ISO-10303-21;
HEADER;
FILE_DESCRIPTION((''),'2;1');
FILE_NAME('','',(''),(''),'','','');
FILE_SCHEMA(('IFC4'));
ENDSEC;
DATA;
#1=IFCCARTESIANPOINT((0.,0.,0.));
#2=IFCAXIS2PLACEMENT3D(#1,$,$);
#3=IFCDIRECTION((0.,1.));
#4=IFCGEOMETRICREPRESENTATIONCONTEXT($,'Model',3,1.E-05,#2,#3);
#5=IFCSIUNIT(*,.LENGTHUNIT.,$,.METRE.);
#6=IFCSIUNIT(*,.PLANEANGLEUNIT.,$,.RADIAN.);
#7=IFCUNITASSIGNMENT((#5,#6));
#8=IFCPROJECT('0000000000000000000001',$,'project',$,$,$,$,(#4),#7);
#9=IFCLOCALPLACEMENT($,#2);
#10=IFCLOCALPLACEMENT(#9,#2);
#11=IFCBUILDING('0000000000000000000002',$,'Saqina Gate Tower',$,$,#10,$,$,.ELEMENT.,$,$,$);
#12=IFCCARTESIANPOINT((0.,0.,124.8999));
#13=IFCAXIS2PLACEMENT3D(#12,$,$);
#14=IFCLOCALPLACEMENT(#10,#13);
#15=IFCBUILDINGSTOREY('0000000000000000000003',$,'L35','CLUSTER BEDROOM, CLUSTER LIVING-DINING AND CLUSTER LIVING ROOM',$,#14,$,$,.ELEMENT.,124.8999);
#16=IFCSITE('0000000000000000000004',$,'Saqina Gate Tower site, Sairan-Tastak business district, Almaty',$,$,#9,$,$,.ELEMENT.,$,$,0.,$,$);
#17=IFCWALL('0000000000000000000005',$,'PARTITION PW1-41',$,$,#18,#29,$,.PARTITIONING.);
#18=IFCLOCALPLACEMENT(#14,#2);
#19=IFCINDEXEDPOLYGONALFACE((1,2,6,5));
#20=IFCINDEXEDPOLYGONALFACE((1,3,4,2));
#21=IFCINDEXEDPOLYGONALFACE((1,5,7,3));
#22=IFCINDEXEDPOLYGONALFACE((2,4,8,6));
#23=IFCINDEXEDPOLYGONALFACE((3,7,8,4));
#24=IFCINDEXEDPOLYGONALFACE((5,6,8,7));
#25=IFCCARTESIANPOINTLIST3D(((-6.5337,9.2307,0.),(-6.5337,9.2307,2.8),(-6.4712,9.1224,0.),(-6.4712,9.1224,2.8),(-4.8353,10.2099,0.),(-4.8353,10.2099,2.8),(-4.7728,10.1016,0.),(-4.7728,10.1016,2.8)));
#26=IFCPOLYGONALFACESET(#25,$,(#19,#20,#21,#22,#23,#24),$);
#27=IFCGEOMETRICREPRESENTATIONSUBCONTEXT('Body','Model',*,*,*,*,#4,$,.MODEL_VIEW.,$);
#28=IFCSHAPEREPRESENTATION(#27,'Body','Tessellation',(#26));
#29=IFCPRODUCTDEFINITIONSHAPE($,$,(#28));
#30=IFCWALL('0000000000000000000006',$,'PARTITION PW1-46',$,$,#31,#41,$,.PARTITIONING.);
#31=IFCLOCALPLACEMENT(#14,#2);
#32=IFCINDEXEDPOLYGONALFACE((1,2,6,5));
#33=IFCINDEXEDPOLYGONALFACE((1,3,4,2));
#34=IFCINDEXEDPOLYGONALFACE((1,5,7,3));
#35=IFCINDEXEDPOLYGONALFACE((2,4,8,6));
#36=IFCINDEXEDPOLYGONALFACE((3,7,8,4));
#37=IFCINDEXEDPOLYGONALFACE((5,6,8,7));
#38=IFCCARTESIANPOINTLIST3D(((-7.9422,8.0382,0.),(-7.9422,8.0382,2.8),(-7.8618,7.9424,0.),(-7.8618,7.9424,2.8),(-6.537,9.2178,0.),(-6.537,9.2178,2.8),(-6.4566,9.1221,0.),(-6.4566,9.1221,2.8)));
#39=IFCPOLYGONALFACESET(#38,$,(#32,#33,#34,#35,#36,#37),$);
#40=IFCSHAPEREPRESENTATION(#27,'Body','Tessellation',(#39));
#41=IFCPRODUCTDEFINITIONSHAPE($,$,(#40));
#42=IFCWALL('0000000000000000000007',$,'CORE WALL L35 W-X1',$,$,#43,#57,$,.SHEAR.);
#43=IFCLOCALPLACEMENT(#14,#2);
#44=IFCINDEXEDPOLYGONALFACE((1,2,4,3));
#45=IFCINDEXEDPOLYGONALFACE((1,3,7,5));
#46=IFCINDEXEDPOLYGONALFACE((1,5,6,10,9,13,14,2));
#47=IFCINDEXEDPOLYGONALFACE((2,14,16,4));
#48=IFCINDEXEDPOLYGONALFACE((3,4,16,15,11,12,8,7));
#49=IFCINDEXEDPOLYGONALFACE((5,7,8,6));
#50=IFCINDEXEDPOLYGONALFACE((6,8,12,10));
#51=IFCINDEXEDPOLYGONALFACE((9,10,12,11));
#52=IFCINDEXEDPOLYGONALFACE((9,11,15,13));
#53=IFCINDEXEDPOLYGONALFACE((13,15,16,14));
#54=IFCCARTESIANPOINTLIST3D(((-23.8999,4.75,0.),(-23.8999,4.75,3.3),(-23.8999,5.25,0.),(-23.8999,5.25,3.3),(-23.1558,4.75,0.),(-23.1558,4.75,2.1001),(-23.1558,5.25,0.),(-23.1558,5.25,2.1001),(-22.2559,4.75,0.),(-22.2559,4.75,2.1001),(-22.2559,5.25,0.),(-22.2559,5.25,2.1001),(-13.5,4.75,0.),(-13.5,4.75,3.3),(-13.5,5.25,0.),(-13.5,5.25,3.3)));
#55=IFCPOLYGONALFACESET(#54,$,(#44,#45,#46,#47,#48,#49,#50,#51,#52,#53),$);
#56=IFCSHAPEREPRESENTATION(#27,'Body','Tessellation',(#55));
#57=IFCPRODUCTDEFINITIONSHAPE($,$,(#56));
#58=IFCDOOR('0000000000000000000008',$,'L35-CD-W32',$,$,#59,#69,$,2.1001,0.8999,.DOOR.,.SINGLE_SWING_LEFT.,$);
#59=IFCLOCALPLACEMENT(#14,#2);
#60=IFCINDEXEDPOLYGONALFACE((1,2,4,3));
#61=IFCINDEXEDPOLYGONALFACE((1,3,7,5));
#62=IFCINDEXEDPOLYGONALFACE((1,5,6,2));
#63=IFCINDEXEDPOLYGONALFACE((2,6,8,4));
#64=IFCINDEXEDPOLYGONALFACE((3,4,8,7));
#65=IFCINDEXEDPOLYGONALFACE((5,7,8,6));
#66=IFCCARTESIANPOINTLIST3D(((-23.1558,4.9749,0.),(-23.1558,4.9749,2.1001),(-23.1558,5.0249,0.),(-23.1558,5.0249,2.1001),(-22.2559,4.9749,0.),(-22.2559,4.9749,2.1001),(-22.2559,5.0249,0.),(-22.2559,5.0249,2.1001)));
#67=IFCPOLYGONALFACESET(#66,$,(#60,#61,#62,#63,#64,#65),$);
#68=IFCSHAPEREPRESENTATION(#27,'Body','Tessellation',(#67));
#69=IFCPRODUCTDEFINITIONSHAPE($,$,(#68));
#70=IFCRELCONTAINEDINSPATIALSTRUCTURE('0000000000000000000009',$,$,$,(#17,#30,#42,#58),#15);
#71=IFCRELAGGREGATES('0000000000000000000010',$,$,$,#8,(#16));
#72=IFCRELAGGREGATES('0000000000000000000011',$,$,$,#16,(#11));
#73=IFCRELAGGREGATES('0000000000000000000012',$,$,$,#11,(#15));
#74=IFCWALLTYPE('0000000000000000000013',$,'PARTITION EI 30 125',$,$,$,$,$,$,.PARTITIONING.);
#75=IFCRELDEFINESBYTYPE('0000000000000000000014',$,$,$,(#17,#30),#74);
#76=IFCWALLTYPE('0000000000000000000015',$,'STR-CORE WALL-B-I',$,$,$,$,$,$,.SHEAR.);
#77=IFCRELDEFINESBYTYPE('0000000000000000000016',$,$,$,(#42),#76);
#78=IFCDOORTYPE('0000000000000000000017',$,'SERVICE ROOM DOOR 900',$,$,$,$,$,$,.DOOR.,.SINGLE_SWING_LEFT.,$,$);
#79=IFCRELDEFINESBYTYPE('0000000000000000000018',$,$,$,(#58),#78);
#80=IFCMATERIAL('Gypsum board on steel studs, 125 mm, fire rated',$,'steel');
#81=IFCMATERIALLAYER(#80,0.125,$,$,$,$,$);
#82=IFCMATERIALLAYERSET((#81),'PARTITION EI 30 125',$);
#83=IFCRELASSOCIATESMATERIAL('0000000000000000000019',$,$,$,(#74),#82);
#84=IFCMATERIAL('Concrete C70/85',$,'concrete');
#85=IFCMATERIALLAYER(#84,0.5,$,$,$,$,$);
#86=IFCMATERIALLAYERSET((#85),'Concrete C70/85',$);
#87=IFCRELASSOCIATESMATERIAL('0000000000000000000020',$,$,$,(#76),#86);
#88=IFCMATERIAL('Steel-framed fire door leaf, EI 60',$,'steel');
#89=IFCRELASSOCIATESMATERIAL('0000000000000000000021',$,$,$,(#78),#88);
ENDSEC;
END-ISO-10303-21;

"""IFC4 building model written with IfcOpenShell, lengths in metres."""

from ifc_helpers import new_model, si_unit, direction, frame, frame_2d, origin, place, context, subcontext, project, spatial, rectangle, extrude, material, layer, layer_set, type_object, element, fill, save


model = new_model("IFC4")

# Units and contexts
model_context = context("Model", 3, precision=1e-05, world=origin(), true_north=direction((0.0, 1.0)))
body_context = subcontext(model_context, "Body", "Model", "MODEL_VIEW")
ifc_project = project(units=[si_unit("LENGTHUNIT", "METRE"), si_unit("PLANEANGLEUNIT", "RADIAN")], contexts=[model_context])

# Site, building, storey
site_placement = place(None, origin())
site = spatial("IfcSite", under=ifc_project, at=site_placement, Name="Saqina Gate Tower site, Sairan-Tastak business district, Almaty", CompositionType="ELEMENT", RefElevation=0.0)
building_placement = place(site_placement, origin())
building = spatial("IfcBuilding", under=site, at=building_placement, Name="Saqina Gate Tower", CompositionType="ELEMENT")
storey_placement = place(building_placement, frame((0.0, 0.0, 124.8999)))
storey = spatial("IfcBuildingStorey", under=building, at=storey_placement, Name="L35", Description="CLUSTER BEDROOM, CLUSTER LIVING-DINING AND CLUSTER LIVING ROOM", CompositionType="ELEMENT", Elevation=124.8999)

# Walls
ifc_material_1 = material(Name="Gypsum board on steel studs, 125 mm, fire rated", Category="steel")
ifc_layer_1 = layer(ifc_material_1, 0.125)
ifc_layer_set_1 = layer_set([ifc_layer_1], Name="PARTITION EI 30 125")
wall_type_1 = type_object("IfcWallType", Name="PARTITION EI 30 125", PredefinedType="PARTITIONING", material=ifc_layer_set_1)
wall_1_placement = place(storey_placement, frame((-6.5024, 9.1765, 0.0), z_axis=(0.0, 0.0, 1.0), x_axis=(0.866329, 0.499474, 0.0)))
element("IfcWall", 1, at=wall_1_placement, inside=storey, type_object=wall_type_1, Name="PARTITION PW1-41", PredefinedType="PARTITIONING", context=body_context, shape_type="SweptSolid", body=[
    extrude(rectangle(XDim=1.9604, YDim=0.125, at=frame_2d((0.9802, 0.0))), origin(), (0.0, 0.0, 1.0), 2.8),
])
wall_2_placement = place(storey_placement, frame((-7.9021, 7.9902, 0.0), z_axis=(0.0, 0.0, 1.0), x_axis=(0.765904, 0.642955, 0.0)))
element("IfcWall", 2, at=wall_2_placement, inside=storey, type_object=wall_type_1, Name="PARTITION PW1-46", PredefinedType="PARTITIONING", context=body_context, shape_type="SweptSolid", body=[
    extrude(rectangle(XDim=1.8347, YDim=0.125, at=frame_2d((0.9175, 0.0))), origin(), (0.0, 0.0, 1.0), 2.8),
])

# Wall, opening, door
ifc_material_2 = material(Name="Concrete C70/85", Category="concrete")
ifc_layer_2 = layer(ifc_material_2, 0.5)
ifc_layer_set_2 = layer_set([ifc_layer_2], Name="Concrete C70/85")
wall_type_2 = type_object("IfcWallType", Name="STR-CORE WALL-B-I", PredefinedType="SHEAR", material=ifc_layer_set_2)
wall_3_placement = place(storey_placement, frame((-13.5, 5.0, 0.0), z_axis=(0.0, 0.0, 1.0), x_axis=(-1.0, 0.0, 0.0)))
wall_3 = element("IfcWall", 3, at=wall_3_placement, inside=storey, type_object=wall_type_2, Name="CORE WALL L35 W-X1", PredefinedType="SHEAR", context=body_context, shape_type="SweptSolid", body=[
    extrude(rectangle(XDim=10.3999, YDim=0.5, at=frame_2d((5.2, 0.0))), origin(), (0.0, 0.0, 1.0), 3.3),
])
opening_1_placement = place(wall_3_placement, frame((8.7559, 0.0, 0.0)))
opening_1 = element("IfcOpeningElement", 4, at=opening_1_placement, cuts=wall_3, PredefinedType="OPENING", context=body_context, shape_type="SweptSolid", body=[
    extrude(rectangle(XDim=0.8999, YDim=2.1001, at=frame_2d((0.45, 1.05))), frame((0.0, 0.262, 0.0), z_axis=(0.0, -1.0, 0.0), x_axis=(1.0, 0.0, 0.0)), (0.0, 0.0, 1.0), 0.5239),
])
ifc_material_3 = material(Name="Steel-framed fire door leaf, EI 60", Category="steel")
door_type_1 = type_object("IfcDoorType", Name="SERVICE ROOM DOOR 900", OperationType="SINGLE_SWING_LEFT", PredefinedType="DOOR", material=ifc_material_3)
door_1_placement = place(opening_1_placement, frame((0.8999, 0.0, 0.0), z_axis=(0.0, 0.0, 1.0), x_axis=(-1.0, 0.0, 0.0)))
door_1 = element("IfcDoor", 5, at=door_1_placement, inside=storey, type_object=door_type_1, Name="L35-CD-W32", OperationType="SINGLE_SWING_LEFT", OverallHeight=2.1001, OverallWidth=0.8999, PredefinedType="DOOR", context=body_context, shape_type="SweptSolid", body=[
    extrude(rectangle(XDim=0.8999, YDim=2.1001, at=frame_2d((0.45, 1.05))), frame((0.0, 0.0249, 0.0), z_axis=(0.0, -1.0, 0.0), x_axis=(1.0, 0.0, 0.0)), (0.0, 0.0, 1.0), 0.05),
])
fill(opening_1, door_1)

save(model, "model.ifc")
